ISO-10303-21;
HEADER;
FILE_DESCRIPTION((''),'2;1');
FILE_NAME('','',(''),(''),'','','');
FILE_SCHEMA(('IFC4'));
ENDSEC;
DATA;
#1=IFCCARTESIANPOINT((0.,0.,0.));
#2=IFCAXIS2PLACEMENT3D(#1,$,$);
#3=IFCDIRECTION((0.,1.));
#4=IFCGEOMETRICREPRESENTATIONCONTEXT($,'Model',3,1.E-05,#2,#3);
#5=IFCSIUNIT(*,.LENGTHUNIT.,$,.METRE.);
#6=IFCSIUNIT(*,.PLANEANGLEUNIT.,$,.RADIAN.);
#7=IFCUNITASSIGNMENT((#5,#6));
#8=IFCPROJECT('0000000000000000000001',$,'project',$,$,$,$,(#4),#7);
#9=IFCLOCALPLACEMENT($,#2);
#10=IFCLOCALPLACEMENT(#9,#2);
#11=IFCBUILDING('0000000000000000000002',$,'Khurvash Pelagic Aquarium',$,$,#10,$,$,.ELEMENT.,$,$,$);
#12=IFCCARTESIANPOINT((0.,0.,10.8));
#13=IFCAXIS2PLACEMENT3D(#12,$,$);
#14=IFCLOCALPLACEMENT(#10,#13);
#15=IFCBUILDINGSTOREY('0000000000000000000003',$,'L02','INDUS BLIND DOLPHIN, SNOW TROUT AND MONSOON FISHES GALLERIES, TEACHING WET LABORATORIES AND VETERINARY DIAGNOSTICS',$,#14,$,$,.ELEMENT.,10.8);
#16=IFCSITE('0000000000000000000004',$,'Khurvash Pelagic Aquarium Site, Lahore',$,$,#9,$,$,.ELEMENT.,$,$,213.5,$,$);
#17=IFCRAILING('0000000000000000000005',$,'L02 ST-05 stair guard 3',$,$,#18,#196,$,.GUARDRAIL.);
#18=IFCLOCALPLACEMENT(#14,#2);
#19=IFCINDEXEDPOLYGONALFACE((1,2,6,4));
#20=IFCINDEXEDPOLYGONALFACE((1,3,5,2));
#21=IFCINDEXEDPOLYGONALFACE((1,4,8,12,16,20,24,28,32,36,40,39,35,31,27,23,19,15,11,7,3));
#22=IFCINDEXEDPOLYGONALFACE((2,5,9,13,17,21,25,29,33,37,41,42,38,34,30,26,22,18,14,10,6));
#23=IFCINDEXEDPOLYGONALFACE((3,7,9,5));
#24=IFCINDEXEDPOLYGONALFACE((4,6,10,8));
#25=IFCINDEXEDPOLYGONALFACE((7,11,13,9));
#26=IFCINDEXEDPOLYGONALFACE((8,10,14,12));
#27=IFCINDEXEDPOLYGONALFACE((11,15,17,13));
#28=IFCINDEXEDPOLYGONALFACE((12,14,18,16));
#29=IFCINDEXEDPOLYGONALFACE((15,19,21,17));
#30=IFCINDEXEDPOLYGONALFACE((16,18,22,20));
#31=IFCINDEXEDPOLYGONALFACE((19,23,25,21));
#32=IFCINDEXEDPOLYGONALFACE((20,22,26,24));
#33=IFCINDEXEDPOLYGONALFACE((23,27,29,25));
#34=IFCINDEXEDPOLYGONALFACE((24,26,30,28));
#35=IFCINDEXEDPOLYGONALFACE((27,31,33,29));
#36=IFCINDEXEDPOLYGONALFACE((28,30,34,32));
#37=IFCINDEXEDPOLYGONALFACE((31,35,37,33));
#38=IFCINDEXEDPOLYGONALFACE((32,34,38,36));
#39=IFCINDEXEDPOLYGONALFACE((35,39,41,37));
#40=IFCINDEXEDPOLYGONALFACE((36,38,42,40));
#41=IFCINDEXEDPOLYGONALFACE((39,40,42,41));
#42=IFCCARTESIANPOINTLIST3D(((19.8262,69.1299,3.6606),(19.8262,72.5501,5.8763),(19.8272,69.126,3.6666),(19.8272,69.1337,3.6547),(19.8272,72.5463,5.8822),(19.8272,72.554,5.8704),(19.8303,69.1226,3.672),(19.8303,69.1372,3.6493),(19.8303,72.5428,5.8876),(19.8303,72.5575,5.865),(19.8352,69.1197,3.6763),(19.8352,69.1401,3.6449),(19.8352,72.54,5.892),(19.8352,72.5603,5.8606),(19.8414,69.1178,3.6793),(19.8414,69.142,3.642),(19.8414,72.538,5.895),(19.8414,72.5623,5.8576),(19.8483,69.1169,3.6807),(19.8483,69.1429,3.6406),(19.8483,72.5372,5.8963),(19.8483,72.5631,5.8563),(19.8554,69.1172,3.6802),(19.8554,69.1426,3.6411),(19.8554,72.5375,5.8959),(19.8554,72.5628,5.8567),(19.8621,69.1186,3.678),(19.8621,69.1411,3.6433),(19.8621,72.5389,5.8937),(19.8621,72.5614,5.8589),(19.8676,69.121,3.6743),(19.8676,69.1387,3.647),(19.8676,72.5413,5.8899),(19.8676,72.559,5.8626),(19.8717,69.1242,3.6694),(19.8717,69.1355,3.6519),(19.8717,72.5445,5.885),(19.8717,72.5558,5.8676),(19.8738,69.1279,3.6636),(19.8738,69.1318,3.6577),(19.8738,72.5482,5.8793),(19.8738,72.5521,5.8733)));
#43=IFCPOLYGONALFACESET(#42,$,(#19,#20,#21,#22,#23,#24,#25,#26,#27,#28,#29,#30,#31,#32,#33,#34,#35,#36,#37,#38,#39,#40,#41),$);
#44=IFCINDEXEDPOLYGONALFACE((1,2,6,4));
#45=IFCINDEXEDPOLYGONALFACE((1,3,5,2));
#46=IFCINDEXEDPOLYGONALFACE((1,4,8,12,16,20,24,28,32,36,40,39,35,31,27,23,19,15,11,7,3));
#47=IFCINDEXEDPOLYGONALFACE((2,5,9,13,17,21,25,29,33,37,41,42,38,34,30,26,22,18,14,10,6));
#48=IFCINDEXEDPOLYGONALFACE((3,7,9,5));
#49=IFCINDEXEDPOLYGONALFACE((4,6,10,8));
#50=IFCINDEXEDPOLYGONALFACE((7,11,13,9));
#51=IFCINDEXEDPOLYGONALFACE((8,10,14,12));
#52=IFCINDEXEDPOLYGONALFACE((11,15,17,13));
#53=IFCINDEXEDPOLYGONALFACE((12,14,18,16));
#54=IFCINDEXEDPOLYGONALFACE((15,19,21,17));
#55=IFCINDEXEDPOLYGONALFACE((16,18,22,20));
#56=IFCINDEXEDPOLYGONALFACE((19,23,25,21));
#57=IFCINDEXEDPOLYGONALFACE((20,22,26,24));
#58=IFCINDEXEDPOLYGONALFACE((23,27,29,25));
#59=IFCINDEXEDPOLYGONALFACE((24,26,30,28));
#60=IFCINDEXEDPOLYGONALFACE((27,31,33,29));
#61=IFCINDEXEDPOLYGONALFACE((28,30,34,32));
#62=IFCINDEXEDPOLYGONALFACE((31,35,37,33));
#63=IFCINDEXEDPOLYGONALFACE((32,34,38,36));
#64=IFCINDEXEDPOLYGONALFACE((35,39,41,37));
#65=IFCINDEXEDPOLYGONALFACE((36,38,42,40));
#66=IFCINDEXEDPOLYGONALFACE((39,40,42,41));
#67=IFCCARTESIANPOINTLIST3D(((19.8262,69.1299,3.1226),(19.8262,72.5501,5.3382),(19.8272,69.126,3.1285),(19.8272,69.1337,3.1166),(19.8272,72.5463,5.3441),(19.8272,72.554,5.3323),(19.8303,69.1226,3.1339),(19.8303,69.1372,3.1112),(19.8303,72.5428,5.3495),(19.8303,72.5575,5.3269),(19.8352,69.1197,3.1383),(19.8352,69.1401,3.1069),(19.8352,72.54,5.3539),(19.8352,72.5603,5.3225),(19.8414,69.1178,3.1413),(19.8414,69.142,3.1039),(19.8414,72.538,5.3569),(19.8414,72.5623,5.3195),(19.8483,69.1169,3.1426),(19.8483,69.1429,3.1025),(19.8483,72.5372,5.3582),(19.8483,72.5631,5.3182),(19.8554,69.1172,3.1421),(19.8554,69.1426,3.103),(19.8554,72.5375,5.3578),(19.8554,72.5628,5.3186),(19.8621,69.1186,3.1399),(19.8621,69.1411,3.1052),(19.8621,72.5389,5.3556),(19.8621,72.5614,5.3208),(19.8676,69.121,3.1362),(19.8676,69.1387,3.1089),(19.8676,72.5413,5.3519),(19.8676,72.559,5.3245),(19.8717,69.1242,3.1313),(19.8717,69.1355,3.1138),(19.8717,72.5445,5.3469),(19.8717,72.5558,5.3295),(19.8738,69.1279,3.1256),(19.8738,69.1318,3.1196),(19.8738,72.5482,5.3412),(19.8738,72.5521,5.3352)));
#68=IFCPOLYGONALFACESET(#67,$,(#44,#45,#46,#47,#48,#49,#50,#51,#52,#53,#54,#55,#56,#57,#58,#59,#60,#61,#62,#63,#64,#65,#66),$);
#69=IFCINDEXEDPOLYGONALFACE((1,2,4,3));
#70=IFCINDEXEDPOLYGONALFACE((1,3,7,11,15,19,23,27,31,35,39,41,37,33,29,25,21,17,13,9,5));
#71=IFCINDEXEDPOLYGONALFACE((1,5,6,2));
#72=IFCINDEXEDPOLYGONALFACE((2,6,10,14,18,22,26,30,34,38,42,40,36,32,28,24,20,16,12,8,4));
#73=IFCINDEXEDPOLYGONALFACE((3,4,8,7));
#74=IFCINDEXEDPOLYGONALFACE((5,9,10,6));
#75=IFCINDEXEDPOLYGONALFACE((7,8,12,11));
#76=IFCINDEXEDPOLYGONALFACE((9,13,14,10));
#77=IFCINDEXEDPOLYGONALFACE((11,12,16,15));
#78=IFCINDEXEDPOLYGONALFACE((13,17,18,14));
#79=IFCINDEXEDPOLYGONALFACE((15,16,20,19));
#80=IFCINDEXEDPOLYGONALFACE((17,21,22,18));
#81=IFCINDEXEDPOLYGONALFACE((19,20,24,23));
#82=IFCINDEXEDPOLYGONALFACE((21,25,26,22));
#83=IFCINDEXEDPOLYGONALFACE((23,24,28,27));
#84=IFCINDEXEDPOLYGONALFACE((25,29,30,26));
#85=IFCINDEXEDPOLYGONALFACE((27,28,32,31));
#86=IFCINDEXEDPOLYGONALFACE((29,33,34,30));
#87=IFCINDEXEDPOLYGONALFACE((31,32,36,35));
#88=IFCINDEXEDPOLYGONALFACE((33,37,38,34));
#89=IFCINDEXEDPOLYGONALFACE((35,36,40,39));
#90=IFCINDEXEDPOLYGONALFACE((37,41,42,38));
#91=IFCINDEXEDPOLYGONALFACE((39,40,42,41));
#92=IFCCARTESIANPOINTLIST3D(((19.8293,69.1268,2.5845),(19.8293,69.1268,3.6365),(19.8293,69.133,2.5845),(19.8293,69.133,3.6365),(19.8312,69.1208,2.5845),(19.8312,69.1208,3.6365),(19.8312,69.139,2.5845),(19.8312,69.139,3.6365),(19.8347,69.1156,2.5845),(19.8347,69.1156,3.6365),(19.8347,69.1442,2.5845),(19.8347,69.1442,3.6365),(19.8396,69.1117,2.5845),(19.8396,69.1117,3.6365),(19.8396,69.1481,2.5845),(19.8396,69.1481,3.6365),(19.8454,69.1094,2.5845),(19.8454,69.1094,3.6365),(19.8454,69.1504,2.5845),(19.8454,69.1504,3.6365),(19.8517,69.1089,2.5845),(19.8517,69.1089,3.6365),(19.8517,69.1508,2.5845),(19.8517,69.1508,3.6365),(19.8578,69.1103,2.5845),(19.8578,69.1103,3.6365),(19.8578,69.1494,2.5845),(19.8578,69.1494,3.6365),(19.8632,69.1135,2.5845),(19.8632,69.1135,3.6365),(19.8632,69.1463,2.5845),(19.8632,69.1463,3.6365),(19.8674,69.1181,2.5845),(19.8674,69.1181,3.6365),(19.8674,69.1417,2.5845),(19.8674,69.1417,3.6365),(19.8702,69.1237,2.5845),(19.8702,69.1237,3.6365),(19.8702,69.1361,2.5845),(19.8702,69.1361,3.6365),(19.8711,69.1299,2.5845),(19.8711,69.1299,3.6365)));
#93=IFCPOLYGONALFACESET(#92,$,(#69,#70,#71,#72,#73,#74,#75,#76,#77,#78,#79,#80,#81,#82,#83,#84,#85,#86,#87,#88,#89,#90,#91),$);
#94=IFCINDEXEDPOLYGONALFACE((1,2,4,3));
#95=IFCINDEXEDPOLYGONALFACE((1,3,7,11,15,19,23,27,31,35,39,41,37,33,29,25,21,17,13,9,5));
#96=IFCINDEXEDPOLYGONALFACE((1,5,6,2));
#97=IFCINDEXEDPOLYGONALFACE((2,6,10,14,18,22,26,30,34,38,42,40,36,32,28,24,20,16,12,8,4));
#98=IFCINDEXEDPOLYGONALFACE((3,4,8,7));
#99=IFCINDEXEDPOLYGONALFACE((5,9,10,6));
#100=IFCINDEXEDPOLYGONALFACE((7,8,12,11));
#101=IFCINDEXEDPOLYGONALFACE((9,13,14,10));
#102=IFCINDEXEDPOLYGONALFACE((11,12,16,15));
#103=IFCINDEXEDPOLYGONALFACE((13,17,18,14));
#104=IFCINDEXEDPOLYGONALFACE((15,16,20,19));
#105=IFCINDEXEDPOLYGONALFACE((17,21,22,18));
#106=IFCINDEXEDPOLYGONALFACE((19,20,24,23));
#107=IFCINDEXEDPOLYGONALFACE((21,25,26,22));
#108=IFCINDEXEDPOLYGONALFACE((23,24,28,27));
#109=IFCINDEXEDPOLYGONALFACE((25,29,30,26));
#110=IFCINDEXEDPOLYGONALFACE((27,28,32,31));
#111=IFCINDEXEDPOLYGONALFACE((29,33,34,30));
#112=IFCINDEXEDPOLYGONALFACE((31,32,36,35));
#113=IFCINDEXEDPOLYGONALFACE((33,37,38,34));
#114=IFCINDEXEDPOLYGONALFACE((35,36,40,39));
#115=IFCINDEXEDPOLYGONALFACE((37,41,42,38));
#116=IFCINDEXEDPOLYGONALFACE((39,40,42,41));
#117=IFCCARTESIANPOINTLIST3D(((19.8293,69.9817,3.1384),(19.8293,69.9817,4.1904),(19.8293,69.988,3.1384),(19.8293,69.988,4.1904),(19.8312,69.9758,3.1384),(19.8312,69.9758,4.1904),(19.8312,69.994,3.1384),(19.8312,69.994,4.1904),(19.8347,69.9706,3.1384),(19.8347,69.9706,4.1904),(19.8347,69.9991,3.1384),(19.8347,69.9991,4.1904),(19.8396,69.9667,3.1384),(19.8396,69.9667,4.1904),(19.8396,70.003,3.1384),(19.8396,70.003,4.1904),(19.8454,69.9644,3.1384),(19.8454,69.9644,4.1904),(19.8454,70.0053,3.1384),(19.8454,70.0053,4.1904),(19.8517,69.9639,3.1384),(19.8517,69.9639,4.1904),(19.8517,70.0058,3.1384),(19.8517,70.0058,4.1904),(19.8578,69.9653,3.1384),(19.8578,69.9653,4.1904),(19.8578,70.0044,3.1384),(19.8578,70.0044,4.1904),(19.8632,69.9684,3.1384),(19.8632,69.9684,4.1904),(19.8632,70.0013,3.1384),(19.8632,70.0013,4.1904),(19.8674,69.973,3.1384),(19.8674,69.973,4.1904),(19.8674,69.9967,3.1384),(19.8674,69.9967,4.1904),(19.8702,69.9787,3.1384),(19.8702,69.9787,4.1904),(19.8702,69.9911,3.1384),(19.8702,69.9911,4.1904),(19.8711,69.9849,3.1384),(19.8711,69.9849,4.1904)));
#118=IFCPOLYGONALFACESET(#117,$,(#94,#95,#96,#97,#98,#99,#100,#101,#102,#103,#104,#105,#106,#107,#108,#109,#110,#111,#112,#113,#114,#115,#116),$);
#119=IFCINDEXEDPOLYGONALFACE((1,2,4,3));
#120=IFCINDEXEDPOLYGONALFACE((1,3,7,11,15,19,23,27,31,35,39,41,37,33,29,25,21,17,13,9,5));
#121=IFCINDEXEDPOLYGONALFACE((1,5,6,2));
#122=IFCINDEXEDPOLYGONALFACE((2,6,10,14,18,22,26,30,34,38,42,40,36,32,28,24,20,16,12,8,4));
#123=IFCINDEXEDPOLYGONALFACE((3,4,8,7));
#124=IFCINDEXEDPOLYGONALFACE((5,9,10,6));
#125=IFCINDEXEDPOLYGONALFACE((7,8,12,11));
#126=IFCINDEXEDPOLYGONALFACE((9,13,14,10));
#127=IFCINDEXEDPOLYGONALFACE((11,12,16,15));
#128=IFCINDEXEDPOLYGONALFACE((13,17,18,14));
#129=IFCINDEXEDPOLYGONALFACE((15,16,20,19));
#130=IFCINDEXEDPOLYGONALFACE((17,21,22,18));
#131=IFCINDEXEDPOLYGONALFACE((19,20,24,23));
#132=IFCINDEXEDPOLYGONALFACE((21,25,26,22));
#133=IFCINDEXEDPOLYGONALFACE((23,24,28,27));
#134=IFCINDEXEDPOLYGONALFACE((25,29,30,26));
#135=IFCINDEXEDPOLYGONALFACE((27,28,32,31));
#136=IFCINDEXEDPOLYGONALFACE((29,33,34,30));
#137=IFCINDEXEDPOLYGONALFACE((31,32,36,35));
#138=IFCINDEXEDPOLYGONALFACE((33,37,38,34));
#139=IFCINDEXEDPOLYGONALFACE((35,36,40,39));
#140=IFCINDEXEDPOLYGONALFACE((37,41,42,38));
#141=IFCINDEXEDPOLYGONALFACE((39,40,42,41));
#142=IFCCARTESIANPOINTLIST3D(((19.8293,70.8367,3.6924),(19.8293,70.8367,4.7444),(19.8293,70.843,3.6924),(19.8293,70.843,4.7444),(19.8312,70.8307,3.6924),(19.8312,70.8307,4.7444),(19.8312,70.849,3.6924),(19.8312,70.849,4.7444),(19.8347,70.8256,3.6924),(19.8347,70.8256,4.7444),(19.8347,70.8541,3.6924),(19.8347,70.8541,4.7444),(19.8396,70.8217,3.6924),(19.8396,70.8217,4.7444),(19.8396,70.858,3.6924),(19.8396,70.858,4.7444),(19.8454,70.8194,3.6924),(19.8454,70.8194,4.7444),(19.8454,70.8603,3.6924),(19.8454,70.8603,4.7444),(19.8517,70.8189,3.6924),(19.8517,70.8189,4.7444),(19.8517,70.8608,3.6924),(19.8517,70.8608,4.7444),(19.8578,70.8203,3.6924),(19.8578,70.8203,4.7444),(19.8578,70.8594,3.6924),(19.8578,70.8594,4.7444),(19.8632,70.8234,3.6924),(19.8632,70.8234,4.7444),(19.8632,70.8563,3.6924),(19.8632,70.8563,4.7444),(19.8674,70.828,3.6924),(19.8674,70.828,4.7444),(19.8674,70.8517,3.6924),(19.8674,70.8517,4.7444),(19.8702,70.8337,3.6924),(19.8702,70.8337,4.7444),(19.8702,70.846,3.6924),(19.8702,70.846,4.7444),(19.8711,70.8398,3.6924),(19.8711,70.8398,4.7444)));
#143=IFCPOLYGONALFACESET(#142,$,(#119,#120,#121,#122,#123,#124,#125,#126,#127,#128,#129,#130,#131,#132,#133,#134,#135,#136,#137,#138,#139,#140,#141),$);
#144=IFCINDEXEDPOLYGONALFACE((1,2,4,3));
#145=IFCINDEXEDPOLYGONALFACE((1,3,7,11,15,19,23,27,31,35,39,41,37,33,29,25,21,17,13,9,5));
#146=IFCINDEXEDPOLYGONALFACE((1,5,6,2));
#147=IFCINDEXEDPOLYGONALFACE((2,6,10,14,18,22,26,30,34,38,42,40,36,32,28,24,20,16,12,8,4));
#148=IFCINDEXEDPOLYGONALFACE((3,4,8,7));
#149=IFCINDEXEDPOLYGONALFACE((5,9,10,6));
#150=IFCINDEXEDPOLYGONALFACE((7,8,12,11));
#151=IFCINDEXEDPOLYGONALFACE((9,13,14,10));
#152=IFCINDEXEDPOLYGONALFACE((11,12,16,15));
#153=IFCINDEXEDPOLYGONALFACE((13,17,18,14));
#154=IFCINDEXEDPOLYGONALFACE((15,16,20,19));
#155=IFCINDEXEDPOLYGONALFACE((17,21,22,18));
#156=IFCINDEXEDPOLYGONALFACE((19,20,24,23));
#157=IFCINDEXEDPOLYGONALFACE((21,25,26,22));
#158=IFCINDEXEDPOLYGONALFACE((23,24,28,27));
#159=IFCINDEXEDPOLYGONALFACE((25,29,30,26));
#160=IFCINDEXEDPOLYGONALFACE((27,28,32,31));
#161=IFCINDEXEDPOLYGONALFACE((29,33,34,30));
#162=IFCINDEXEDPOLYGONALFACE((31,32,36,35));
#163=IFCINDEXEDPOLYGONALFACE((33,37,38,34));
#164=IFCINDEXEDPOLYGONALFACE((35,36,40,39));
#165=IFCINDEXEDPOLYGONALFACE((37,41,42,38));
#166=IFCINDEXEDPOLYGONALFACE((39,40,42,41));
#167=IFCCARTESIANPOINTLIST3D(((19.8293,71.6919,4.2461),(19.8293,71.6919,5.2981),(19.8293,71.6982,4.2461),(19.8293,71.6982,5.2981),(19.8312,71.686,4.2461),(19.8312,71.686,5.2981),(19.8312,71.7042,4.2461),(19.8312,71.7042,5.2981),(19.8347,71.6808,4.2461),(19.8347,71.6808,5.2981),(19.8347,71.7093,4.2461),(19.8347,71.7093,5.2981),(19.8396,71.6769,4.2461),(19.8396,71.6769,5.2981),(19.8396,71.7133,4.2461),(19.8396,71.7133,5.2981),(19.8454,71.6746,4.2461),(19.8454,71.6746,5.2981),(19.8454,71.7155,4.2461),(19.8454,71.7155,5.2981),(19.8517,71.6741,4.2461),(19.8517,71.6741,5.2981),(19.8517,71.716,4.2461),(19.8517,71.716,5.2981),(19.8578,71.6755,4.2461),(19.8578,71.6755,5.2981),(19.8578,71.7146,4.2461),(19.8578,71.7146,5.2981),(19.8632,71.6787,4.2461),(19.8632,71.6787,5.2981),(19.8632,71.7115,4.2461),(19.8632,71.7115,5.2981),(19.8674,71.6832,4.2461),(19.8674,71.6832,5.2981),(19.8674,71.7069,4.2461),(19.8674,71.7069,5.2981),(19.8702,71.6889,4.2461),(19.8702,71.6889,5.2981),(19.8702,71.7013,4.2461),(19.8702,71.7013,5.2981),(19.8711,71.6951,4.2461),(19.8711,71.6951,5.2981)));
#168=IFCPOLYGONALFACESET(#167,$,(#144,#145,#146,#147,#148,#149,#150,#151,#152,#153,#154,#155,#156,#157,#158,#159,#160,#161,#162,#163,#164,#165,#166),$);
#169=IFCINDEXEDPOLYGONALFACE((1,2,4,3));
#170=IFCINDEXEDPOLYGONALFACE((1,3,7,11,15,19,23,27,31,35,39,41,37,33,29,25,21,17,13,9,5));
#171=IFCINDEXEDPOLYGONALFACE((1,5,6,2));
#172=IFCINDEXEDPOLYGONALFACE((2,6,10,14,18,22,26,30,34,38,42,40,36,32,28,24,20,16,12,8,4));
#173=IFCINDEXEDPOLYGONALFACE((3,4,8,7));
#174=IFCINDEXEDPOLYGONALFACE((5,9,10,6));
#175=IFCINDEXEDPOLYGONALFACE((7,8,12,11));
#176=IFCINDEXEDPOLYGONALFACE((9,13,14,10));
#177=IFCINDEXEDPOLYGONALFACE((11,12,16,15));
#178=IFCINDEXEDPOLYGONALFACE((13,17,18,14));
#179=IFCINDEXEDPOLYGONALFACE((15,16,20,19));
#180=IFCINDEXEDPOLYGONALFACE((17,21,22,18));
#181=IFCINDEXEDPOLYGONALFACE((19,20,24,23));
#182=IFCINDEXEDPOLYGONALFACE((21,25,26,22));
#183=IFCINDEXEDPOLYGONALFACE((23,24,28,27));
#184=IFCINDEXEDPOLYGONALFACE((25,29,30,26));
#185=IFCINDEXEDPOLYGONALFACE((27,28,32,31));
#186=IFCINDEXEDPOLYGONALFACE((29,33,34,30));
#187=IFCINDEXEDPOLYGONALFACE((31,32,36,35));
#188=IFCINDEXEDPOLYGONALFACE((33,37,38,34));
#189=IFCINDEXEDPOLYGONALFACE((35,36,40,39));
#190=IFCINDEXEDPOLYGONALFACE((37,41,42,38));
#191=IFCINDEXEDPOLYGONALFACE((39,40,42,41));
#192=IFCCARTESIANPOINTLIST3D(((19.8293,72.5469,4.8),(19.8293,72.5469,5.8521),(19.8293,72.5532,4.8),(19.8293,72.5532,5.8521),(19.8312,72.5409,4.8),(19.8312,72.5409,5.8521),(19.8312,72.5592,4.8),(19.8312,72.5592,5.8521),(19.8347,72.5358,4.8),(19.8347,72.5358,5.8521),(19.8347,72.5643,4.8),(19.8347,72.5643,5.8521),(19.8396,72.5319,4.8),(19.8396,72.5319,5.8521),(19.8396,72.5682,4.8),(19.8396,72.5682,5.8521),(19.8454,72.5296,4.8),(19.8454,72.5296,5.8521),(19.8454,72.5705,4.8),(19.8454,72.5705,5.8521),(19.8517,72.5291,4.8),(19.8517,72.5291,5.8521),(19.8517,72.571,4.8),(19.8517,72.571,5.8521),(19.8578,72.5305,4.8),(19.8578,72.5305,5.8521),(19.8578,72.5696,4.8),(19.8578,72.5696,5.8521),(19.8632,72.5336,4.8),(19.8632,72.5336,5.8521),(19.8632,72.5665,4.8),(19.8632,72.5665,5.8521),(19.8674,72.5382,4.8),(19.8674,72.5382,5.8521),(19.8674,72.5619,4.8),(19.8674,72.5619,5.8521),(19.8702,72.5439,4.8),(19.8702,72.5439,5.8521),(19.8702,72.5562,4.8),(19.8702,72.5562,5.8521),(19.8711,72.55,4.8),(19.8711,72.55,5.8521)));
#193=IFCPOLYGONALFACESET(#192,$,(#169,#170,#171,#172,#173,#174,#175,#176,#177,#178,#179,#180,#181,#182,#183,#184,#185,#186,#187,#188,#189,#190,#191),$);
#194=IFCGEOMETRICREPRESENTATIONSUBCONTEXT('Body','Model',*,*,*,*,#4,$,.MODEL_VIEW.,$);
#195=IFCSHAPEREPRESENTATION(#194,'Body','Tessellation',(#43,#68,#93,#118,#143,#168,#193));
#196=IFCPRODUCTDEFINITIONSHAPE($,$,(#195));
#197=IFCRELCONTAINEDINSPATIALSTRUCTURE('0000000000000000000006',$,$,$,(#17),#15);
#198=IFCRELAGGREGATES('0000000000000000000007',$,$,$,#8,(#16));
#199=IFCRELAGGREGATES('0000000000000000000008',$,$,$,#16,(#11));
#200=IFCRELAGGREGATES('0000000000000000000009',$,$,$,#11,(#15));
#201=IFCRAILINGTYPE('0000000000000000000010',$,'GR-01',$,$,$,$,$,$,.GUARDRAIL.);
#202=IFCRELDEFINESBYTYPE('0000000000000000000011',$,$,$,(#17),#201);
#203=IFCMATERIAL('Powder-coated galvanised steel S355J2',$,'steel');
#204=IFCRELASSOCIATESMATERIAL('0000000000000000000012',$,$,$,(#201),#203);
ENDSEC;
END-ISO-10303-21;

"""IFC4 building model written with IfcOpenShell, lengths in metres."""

from ifc_helpers import new_model, si_unit, direction, frame, origin, origin_2d, place, context, subcontext, project, spatial, circle, extrude, material, type_object, element, save


model = new_model("IFC4")

# Units and contexts
model_context = context("Model", 3, precision=1e-05, world=origin(), true_north=direction((0.0, 1.0)))
body_context = subcontext(model_context, "Body", "Model", "MODEL_VIEW")
ifc_project = project(units=[si_unit("LENGTHUNIT", "METRE"), si_unit("PLANEANGLEUNIT", "RADIAN")], contexts=[model_context])

# Site, building, storey
site_placement = place(None, origin())
site = spatial("IfcSite", under=ifc_project, at=site_placement, Name="Khurvash Pelagic Aquarium Site, Lahore", CompositionType="ELEMENT", RefElevation=213.5)
building_placement = place(site_placement, origin())
building = spatial("IfcBuilding", under=site, at=building_placement, Name="Khurvash Pelagic Aquarium", CompositionType="ELEMENT")
storey_placement = place(building_placement, frame((0.0, 0.0, 10.8)))
storey = spatial("IfcBuildingStorey", under=building, at=storey_placement, Name="L02", Description="INDUS BLIND DOLPHIN, SNOW TROUT AND MONSOON FISHES GALLERIES, TEACHING WET LABORATORIES AND VETERINARY DIAGNOSTICS", CompositionType="ELEMENT", Elevation=10.8)

# Railing
ifc_material_1 = material(Name="Powder-coated galvanised steel S355J2", Category="steel")
railing_type_1 = type_object("IfcRailingType", Name="GR-01", PredefinedType="GUARDRAIL", material=ifc_material_1)
railing_1_placement = place(storey_placement, frame((19.8501, 69.1299, 2.5845)))
element("IfcRailing", 1, at=railing_1_placement, inside=storey, type_object=railing_type_1, Name="L02 ST-05 stair guard 3", PredefinedType="GUARDRAIL", context=body_context, shape_type="SweptSolid", body=[
    extrude(circle(Radius=0.0239, at=origin_2d()), frame((0.0, 0.0, 1.0762), z_axis=(0.0, 0.839287, 0.543688), x_axis=(-1.0, 0.0, 0.0)), (0.0, 0.0, 1.0), 4.0752),
    extrude(circle(Radius=0.0239, at=origin_2d()), frame((0.0, 0.0, 0.5381), z_axis=(0.0, 0.839287, 0.543688), x_axis=(-1.0, 0.0, 0.0)), (0.0, 0.0, 1.0), 4.0752),
    extrude(circle(Radius=0.021, at=origin_2d()), origin(), (0.0, 0.0, 1.0), 1.052),
    extrude(circle(Radius=0.021, at=origin_2d()), frame((0.0, 0.855, 0.554)), (0.0, 0.0, 1.0), 1.052),
    extrude(circle(Radius=0.021, at=origin_2d()), frame((0.0, 1.71, 1.1079)), (0.0, 0.0, 1.0), 1.052),
    extrude(circle(Radius=0.021, at=origin_2d()), frame((0.0, 2.5652, 1.6616)), (0.0, 0.0, 1.0), 1.052),
    extrude(circle(Radius=0.021, at=origin_2d()), frame((0.0, 3.4202, 2.2156)), (0.0, 0.0, 1.0), 1.052),
])

save(model, "model.ifc")
